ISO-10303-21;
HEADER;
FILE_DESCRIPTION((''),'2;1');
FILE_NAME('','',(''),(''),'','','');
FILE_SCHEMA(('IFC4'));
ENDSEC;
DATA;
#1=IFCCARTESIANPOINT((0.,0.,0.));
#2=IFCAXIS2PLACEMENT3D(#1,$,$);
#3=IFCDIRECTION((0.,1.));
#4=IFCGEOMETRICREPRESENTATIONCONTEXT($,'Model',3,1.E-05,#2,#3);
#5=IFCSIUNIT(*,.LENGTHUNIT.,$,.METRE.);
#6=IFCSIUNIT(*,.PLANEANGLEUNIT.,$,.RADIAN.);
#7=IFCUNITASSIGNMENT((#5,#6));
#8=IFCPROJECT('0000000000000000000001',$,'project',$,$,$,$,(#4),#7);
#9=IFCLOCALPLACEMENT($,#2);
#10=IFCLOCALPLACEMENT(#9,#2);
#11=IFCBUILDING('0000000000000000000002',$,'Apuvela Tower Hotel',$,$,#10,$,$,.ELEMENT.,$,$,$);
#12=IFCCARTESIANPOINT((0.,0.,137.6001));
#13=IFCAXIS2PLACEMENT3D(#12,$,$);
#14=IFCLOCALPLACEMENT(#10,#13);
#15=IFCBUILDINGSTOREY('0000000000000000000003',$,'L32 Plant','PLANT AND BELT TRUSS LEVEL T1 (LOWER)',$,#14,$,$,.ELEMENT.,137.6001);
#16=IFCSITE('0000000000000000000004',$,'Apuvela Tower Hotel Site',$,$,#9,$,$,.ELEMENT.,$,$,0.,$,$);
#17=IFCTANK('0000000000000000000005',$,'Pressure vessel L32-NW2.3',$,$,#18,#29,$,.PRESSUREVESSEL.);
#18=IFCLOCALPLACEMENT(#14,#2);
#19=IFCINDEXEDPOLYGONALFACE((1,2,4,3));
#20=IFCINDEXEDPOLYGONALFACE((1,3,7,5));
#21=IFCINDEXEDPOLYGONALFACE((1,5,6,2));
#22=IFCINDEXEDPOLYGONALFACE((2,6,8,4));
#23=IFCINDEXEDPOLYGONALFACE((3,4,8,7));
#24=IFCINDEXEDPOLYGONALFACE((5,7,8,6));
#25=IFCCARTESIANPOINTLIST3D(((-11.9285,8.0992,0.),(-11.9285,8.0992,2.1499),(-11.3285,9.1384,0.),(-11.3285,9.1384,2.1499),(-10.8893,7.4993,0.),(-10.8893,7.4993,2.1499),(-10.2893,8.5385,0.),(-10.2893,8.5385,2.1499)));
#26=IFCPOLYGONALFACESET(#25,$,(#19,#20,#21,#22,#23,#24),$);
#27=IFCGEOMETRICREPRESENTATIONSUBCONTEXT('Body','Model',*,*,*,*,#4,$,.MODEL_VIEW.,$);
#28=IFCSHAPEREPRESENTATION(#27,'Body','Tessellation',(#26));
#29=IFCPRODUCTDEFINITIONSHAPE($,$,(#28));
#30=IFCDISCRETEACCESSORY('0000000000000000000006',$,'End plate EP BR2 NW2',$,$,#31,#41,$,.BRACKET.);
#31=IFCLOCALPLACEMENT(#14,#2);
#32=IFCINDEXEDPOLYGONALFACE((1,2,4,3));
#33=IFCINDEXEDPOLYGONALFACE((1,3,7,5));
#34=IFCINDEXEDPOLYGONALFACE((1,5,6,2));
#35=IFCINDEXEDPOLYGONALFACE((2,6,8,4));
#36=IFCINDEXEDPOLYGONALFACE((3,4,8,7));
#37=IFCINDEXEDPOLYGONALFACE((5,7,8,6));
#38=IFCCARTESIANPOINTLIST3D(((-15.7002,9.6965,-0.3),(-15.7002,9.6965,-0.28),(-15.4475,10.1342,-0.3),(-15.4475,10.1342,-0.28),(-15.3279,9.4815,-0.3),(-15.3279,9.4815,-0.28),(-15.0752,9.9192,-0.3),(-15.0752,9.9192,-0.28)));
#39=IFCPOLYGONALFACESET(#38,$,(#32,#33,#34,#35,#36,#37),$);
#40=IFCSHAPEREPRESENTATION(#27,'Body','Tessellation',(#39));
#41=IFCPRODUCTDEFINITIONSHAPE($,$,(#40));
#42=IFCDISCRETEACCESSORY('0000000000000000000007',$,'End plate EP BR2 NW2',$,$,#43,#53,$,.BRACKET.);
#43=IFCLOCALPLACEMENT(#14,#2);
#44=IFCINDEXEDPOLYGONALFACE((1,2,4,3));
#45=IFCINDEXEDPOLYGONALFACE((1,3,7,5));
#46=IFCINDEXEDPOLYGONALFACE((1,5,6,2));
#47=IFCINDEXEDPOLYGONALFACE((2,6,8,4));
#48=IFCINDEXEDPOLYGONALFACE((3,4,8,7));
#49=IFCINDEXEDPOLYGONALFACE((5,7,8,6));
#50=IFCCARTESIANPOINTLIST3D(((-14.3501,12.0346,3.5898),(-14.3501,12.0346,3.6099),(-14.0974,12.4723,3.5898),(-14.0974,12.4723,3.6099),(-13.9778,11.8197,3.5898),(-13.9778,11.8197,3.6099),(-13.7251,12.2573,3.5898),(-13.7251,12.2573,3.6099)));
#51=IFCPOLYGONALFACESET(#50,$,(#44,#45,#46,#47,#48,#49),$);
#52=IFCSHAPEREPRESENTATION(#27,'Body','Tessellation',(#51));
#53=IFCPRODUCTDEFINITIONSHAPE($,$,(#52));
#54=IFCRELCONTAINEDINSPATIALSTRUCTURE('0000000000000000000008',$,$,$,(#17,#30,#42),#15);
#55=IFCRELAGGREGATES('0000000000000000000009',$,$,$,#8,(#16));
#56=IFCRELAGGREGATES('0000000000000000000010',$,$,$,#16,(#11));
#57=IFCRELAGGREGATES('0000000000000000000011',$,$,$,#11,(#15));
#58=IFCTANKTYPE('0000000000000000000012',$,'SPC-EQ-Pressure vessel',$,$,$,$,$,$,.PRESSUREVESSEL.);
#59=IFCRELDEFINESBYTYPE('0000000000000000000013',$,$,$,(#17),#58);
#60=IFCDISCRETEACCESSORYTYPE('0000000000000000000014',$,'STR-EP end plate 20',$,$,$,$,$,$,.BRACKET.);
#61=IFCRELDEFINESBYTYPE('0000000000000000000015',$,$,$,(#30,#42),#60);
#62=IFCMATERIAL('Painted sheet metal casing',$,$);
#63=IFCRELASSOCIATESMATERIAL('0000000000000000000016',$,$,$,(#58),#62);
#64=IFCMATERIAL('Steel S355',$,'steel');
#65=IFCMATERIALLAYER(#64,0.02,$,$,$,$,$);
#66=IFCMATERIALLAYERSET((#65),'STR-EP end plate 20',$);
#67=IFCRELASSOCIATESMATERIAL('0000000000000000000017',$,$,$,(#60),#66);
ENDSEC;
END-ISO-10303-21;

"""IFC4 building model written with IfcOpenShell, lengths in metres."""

from ifc_helpers import new_model, si_unit, direction, frame, origin, origin_2d, place, context, subcontext, project, spatial, rectangle, extrude, material, layer, layer_set, type_object, element, save


model = new_model("IFC4")

# Units and contexts
model_context = context("Model", 3, precision=1e-05, world=origin(), true_north=direction((0.0, 1.0)))
body_context = subcontext(model_context, "Body", "Model", "MODEL_VIEW")
ifc_project = project(units=[si_unit("LENGTHUNIT", "METRE"), si_unit("PLANEANGLEUNIT", "RADIAN")], contexts=[model_context])

# Site, building, storey
site_placement = place(None, origin())
site = spatial("IfcSite", under=ifc_project, at=site_placement, Name="Apuvela Tower Hotel Site", CompositionType="ELEMENT", RefElevation=0.0)
building_placement = place(site_placement, origin())
building = spatial("IfcBuilding", under=site, at=building_placement, Name="Apuvela Tower Hotel", CompositionType="ELEMENT")
storey_placement = place(building_placement, frame((0.0, 0.0, 137.6001)))
storey = spatial("IfcBuildingStorey", under=building, at=storey_placement, Name="L32 Plant", Description="PLANT AND BELT TRUSS LEVEL T1 (LOWER)", CompositionType="ELEMENT", Elevation=137.6001)

# Shared definitions
ifc_material_1 = material(Name="Steel S355", Category="steel")

# Shared definitions
ifc_material_2 = material(Name="Painted sheet metal casing")

# Tank
tank_type = type_object("IfcTankType", Name="SPC-EQ-Pressure vessel", PredefinedType="PRESSUREVESSEL", material=ifc_material_2)
tank_placement = place(storey_placement, frame((-11.1089, 8.3188, 0.0), z_axis=(0.0, 0.0, 1.0), x_axis=(-0.5, -0.866025, 0.0)))
element("IfcTank", 1, at=tank_placement, inside=storey, type_object=tank_type, Name="Pressure vessel L32-NW2.3", PredefinedType="PRESSUREVESSEL", context=body_context, shape_type="SweptSolid", body=[
    extrude(rectangle(XDim=1.2, YDim=1.2, at=origin_2d()), origin(), (0.0, 0.0, 1.0), 2.1499),
])

# Discrete accessories
ifc_layer_1 = layer(ifc_material_1, 0.02)
ifc_layer_set_1 = layer_set([ifc_layer_1], Name="STR-EP end plate 20")
discrete_accessory_type = type_object("IfcDiscreteAccessoryType", Name="STR-EP end plate 20", PredefinedType="BRACKET", material=ifc_layer_set_1)
for number, where, z_axis, x_axis, name in (
    (2, (-15.3877, 9.8079, -0.3), (0.0, 0.0, 1.0), (0.5, 0.866025, 0.0), "End plate EP BR2 NW2"),
    (3, (-14.0376, 12.146, 3.5898), (0.0, 0.0, 1.0), (0.5, 0.866025, 0.0), "End plate EP BR2 NW2"),
):
    element("IfcDiscreteAccessory", number, at=place(storey_placement, frame(where, z_axis=z_axis, x_axis=x_axis)), inside=storey, type_object=discrete_accessory_type, Name=name, PredefinedType="BRACKET", context=body_context, shape_type="SweptSolid", body=[
        extrude(rectangle(XDim=0.5054, YDim=0.4299, at=origin_2d()), origin(), (0.0, 0.0, 1.0), 0.02),
    ])

save(model, "model.ifc")
